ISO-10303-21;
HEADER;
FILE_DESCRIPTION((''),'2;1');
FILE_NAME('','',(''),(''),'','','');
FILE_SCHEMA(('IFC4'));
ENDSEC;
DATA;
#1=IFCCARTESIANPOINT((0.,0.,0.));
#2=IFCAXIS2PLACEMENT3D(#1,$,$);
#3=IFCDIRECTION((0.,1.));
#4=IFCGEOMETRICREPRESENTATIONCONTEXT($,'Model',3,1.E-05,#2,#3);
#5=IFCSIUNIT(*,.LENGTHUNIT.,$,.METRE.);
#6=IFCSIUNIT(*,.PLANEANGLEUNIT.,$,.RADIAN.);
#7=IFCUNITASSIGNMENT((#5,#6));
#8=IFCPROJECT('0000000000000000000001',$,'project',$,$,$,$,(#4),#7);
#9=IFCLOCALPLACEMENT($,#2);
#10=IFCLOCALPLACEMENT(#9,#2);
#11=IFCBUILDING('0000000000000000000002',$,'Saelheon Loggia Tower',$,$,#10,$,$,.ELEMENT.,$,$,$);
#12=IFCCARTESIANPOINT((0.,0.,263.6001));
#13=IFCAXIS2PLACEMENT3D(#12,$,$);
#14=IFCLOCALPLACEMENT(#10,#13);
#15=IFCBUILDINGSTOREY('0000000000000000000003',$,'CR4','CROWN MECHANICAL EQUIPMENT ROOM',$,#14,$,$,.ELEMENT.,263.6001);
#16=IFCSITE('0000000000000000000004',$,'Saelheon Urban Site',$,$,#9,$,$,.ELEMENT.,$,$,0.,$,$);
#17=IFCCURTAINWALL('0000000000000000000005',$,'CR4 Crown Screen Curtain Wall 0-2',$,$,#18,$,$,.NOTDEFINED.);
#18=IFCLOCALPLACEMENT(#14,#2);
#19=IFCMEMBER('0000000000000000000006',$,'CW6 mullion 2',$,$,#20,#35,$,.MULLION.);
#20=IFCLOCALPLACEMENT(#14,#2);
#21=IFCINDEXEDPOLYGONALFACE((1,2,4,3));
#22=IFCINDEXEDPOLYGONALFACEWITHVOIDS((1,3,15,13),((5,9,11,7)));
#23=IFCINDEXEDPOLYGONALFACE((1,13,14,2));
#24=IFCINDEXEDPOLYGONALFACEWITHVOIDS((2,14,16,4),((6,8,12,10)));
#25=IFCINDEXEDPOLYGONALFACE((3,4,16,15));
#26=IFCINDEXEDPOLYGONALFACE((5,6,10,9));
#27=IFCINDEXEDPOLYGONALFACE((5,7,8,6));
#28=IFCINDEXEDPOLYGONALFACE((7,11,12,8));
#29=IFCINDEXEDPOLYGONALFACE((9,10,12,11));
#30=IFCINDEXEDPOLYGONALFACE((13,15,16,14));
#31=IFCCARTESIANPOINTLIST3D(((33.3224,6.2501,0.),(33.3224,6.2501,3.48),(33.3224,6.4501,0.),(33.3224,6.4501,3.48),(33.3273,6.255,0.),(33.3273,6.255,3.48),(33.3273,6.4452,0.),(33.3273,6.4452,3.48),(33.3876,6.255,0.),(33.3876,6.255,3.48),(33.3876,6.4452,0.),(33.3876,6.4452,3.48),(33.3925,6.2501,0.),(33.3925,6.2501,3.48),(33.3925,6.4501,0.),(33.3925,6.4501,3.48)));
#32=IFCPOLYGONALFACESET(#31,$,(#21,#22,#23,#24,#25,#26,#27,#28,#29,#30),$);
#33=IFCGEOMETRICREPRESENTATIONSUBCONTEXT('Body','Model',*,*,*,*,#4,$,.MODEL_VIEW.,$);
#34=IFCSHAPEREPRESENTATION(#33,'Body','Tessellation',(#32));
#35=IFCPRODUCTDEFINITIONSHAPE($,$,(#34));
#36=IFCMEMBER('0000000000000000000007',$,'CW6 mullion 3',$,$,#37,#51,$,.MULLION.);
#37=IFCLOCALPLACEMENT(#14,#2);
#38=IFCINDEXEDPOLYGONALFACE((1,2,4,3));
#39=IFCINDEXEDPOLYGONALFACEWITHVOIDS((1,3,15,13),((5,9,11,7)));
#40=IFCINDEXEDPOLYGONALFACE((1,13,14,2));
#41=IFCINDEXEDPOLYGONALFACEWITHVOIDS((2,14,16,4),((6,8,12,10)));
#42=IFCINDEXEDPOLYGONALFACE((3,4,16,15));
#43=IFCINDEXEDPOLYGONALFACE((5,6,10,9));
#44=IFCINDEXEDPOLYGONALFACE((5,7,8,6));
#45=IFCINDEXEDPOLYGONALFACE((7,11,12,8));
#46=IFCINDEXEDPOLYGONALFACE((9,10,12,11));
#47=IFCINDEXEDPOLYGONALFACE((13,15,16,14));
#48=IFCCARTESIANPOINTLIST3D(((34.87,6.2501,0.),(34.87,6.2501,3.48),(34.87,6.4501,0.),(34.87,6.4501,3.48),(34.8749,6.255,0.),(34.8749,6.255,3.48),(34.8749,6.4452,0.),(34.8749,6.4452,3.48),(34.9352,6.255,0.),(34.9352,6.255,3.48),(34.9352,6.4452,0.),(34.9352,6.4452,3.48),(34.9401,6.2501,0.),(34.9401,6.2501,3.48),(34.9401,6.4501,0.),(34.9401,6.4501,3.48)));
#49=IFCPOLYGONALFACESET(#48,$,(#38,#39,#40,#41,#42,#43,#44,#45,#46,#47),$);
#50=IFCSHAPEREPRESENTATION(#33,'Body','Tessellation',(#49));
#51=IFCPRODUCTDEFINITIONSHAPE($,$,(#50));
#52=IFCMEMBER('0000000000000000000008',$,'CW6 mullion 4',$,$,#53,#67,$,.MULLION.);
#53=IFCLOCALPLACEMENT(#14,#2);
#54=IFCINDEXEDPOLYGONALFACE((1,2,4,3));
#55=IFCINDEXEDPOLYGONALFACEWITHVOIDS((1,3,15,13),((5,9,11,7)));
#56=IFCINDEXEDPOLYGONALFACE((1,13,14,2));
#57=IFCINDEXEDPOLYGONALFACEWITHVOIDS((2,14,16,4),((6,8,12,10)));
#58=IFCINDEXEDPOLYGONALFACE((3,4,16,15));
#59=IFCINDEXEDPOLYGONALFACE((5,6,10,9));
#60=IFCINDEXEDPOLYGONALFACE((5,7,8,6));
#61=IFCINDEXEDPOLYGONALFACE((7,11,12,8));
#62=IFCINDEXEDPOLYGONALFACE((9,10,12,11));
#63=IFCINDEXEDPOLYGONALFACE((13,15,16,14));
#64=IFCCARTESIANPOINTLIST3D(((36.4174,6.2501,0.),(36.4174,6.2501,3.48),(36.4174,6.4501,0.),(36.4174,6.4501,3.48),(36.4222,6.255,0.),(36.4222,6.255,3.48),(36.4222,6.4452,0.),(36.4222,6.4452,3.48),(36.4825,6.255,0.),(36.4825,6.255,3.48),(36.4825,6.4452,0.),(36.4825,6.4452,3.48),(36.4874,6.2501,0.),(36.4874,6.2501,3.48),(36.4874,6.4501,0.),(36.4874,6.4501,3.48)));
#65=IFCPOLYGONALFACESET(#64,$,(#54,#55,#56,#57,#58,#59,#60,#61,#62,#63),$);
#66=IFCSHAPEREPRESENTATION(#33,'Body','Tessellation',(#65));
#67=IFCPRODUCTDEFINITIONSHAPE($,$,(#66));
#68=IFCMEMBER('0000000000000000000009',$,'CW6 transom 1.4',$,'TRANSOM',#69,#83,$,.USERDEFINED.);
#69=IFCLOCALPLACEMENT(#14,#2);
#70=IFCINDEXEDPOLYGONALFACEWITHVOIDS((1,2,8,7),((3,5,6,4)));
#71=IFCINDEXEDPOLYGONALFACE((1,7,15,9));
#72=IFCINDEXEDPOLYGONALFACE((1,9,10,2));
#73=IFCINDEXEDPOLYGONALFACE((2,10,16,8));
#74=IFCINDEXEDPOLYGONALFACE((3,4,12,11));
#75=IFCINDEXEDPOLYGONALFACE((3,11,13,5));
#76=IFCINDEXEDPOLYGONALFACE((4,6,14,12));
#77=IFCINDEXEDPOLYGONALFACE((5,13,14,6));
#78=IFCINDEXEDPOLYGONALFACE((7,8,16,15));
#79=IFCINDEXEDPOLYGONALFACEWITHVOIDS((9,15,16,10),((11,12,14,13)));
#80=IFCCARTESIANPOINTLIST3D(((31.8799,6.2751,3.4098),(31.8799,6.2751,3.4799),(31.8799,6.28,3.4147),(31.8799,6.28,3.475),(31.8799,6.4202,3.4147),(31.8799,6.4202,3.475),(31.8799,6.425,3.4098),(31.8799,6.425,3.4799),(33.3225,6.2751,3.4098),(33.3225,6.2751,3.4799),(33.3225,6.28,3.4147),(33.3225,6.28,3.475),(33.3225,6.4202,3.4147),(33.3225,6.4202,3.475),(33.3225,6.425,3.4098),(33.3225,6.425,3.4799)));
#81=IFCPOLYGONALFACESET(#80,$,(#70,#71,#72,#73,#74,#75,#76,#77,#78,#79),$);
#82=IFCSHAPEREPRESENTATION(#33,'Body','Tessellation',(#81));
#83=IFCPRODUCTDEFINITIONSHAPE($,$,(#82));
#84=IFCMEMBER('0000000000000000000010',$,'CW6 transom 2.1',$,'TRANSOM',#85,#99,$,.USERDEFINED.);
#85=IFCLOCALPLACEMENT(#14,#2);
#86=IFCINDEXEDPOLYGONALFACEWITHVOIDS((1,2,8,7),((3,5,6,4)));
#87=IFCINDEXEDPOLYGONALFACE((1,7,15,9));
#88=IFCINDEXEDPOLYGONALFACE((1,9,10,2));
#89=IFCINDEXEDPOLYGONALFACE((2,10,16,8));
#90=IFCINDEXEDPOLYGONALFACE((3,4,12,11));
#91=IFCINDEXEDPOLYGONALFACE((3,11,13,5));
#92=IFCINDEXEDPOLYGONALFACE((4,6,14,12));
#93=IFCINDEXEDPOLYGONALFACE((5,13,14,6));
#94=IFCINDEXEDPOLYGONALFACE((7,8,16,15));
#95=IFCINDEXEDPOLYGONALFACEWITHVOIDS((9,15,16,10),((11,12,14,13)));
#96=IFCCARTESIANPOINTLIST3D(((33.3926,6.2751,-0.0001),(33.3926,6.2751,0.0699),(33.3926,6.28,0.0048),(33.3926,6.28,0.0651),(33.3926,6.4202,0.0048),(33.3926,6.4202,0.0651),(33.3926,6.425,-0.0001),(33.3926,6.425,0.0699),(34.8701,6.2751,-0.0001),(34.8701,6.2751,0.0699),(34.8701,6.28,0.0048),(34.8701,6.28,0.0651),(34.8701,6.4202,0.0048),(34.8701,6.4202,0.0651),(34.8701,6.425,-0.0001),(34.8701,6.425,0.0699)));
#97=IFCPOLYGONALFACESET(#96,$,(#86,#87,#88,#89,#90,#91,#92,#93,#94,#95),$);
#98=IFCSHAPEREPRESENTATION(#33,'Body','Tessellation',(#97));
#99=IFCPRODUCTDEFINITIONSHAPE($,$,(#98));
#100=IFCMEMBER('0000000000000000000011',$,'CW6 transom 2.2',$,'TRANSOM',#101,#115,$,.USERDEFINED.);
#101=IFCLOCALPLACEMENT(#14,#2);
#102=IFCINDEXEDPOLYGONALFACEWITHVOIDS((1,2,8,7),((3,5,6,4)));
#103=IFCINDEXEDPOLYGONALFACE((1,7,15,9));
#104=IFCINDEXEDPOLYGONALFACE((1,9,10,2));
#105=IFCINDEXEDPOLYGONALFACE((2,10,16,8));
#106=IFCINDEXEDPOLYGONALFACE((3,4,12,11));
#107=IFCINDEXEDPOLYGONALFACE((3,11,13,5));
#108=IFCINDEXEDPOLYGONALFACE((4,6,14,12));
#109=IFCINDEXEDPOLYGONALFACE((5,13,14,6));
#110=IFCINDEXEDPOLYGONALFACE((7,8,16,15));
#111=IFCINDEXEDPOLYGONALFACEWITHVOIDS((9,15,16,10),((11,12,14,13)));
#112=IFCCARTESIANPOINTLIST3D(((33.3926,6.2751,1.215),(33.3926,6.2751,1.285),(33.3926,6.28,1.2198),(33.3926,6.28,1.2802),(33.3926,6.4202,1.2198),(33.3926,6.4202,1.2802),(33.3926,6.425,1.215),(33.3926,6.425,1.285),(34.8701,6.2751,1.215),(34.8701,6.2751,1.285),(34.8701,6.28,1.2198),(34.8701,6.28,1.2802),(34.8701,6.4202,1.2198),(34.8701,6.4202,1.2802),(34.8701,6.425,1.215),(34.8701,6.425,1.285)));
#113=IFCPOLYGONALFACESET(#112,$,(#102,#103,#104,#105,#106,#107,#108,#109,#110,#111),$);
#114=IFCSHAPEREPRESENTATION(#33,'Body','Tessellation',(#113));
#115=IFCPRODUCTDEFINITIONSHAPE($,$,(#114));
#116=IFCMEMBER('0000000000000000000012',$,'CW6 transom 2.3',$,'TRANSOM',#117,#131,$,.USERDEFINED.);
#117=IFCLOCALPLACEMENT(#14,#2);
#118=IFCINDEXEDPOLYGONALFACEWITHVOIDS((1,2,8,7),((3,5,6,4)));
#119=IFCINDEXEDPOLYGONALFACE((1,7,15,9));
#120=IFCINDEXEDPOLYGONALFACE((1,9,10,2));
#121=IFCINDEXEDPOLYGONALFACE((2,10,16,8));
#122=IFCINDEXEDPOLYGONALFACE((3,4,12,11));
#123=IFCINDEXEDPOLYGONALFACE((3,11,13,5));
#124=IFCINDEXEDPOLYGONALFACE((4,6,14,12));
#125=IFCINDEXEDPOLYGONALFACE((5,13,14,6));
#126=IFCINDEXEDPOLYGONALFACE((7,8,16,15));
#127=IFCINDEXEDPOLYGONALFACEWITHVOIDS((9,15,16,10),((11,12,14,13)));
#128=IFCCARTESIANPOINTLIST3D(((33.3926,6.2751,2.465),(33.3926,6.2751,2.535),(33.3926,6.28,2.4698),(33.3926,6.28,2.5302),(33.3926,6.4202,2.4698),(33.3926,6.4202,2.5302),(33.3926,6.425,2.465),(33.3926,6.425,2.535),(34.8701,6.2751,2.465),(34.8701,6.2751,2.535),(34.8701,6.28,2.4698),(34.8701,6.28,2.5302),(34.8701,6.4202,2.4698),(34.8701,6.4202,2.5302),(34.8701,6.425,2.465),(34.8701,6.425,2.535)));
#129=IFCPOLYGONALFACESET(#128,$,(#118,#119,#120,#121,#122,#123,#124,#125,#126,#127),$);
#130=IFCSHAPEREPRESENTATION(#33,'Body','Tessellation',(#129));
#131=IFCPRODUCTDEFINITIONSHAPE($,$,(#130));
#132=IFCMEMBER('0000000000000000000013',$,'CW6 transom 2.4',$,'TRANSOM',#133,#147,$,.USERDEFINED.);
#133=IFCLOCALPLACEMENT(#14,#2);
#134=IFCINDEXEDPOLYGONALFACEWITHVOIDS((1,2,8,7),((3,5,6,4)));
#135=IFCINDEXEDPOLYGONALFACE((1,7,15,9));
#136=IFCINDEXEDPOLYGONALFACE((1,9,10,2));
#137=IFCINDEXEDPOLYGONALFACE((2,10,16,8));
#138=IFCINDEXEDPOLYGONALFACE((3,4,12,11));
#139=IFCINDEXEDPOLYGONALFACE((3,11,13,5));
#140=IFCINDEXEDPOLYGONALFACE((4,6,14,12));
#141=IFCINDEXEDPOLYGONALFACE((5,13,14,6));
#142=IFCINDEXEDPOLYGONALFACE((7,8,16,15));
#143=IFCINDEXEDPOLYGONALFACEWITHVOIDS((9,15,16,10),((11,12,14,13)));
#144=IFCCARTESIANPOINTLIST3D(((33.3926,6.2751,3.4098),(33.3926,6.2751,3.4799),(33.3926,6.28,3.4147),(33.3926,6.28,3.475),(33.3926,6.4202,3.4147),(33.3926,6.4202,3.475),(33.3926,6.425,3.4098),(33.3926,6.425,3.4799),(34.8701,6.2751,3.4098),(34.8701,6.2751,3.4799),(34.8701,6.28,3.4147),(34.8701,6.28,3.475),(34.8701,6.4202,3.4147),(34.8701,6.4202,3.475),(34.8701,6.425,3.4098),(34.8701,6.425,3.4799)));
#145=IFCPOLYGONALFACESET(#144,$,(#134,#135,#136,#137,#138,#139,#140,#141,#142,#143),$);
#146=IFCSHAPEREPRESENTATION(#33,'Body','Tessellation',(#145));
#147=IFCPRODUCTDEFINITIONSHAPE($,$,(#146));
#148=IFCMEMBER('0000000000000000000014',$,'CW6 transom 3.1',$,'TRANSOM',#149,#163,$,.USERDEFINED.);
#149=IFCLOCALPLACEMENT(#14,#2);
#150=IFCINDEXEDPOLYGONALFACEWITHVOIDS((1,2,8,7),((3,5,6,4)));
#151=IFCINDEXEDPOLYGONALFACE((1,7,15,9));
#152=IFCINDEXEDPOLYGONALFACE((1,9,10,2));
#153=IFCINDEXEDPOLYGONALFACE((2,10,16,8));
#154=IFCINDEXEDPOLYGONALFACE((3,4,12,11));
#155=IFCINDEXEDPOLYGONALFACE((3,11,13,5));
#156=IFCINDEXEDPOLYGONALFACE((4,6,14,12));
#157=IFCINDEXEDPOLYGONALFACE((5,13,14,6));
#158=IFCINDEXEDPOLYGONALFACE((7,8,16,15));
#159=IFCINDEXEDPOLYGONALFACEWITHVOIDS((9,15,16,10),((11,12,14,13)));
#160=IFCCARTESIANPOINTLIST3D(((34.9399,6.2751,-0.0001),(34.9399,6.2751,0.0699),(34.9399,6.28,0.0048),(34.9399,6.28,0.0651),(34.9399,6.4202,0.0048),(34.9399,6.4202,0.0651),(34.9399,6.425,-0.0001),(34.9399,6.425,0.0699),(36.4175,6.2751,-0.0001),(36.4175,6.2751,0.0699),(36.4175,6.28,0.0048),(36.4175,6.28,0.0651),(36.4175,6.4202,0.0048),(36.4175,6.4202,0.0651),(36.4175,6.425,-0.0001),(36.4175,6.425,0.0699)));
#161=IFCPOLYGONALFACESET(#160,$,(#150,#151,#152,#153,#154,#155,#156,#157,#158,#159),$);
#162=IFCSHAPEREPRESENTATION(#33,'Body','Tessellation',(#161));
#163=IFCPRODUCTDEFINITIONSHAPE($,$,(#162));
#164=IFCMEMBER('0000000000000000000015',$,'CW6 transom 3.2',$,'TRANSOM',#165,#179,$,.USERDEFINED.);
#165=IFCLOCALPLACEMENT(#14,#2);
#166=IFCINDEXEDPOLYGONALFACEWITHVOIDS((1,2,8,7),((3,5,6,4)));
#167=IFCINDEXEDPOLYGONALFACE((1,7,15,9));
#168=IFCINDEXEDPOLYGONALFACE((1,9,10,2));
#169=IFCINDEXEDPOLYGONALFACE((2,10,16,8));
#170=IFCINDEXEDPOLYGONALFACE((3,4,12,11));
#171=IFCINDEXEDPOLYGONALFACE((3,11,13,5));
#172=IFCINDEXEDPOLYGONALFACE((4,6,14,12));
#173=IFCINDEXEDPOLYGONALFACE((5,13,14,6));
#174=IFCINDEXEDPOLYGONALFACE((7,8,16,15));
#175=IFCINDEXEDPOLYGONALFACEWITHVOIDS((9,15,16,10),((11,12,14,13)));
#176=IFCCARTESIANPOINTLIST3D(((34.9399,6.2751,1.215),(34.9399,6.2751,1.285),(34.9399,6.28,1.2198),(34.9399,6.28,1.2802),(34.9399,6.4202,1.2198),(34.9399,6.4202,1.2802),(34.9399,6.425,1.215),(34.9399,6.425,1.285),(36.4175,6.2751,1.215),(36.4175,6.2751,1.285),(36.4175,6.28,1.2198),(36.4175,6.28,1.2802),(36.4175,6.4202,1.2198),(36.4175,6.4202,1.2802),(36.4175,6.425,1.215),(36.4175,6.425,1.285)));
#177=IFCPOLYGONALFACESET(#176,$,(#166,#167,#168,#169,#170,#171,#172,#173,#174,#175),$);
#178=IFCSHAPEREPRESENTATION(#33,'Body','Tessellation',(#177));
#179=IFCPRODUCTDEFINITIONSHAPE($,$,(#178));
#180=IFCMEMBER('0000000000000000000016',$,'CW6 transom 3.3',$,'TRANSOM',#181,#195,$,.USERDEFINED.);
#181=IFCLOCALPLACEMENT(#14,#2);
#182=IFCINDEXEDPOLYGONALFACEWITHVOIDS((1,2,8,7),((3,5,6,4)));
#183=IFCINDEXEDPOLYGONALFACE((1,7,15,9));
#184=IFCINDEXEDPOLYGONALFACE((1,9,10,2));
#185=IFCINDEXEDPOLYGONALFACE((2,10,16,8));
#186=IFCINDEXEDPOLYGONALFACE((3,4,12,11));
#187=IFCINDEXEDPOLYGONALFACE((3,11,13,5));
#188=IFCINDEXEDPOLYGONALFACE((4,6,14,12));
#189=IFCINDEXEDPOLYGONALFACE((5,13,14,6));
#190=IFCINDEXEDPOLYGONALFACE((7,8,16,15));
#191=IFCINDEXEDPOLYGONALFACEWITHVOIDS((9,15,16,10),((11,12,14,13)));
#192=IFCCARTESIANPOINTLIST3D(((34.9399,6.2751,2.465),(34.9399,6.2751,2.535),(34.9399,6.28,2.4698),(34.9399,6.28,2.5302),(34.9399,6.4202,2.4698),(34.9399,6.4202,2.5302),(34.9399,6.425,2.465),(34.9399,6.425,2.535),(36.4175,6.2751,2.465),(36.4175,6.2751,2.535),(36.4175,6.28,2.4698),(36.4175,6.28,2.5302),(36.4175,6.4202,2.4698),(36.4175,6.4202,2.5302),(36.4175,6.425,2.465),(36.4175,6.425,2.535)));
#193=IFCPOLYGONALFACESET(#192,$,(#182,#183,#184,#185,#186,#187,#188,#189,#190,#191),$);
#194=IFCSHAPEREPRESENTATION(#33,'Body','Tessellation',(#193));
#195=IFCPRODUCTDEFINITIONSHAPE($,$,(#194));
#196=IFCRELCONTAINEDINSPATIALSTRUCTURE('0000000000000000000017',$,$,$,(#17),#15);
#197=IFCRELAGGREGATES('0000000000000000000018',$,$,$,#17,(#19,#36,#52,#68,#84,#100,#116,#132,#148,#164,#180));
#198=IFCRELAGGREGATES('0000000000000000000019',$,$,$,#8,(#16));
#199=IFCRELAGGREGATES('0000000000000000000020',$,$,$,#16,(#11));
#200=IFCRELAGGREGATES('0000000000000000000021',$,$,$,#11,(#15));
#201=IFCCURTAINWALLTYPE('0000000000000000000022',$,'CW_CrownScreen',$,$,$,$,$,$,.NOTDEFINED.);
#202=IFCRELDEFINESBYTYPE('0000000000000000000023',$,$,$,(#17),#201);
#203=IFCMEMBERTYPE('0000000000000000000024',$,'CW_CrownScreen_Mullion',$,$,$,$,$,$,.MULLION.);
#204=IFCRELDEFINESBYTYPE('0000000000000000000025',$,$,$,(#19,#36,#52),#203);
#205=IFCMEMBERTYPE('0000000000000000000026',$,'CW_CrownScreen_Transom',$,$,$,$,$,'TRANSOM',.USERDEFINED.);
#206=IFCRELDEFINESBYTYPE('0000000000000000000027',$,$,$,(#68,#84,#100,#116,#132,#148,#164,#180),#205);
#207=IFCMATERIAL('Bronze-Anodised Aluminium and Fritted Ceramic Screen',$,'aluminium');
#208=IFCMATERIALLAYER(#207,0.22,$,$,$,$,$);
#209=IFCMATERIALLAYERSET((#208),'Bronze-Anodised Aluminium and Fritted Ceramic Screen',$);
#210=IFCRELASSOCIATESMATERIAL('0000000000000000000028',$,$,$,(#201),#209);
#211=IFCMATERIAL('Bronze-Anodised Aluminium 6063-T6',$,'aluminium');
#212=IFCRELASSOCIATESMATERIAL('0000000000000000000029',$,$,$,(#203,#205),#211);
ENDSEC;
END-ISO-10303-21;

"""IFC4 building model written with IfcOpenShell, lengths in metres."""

from ifc_helpers import new_model, si_unit, direction, frame, origin, origin_2d, place, context, subcontext, project, spatial, hollow_rectangle, extrude, source, transform, mapped, material, layer, layer_set, material_profile, profile_set, type_object, element, aggregate, save


model = new_model("IFC4")

# Units and contexts
model_context = context("Model", 3, precision=1e-05, world=origin(), true_north=direction((0.0, 1.0)))
body_context = subcontext(model_context, "Body", "Model", "MODEL_VIEW")
ifc_project = project(units=[si_unit("LENGTHUNIT", "METRE"), si_unit("PLANEANGLEUNIT", "RADIAN")], contexts=[model_context])

# Site, building, storey
site_placement = place(None, origin())
site = spatial("IfcSite", under=ifc_project, at=site_placement, Name="Saelheon Urban Site", CompositionType="ELEMENT", RefElevation=0.0)
building_placement = place(site_placement, origin())
building = spatial("IfcBuilding", under=site, at=building_placement, Name="Saelheon Loggia Tower", CompositionType="ELEMENT")
storey_placement = place(building_placement, frame((0.0, 0.0, 263.6001)))
storey = spatial("IfcBuildingStorey", under=building, at=storey_placement, Name="CR4", Description="CROWN MECHANICAL EQUIPMENT ROOM", CompositionType="ELEMENT", Elevation=263.6001)

# Curtain wall, members
ifc_material_1 = material(Name="Bronze-Anodised Aluminium and Fritted Ceramic Screen", Category="aluminium")
ifc_layer_1 = layer(ifc_material_1, 0.22)
ifc_layer_set_1 = layer_set([ifc_layer_1], Name="Bronze-Anodised Aluminium and Fritted Ceramic Screen")
curtain_wall_type = type_object("IfcCurtainWallType", Name="CW_CrownScreen", PredefinedType="NOTDEFINED", material=ifc_layer_set_1)
curtain_wall_placement = place(storey_placement, origin())
curtain_wall = element("IfcCurtainWall", 1, at=curtain_wall_placement, inside=storey, type_object=curtain_wall_type, Name="CR4 Crown Screen Curtain Wall 0-2", PredefinedType="NOTDEFINED")
ifc_material_2 = material(Name="Bronze-Anodised Aluminium 6063-T6", Category="aluminium")
ifc_material_profile_1 = material_profile(ifc_material_2, hollow_rectangle(XDim=0.0701, YDim=0.2, WallThickness=0.0049, at=origin_2d()), Name="RHS-200x70x5")
ifc_profile_set_1 = profile_set([ifc_material_profile_1], Name="Bronze-Anodised Aluminium 6063-T6")
member_type_1 = type_object("IfcMemberType", Name="CW_CrownScreen_Mullion", PredefinedType="MULLION", material=ifc_profile_set_1)
shared_shape_1 = source(origin(), body_context, "Body", "SweptSolid", [
    extrude(hollow_rectangle(XDim=0.0701, YDim=0.2, WallThickness=0.0049, at=origin_2d()), origin(), (0.0, 0.0, 1.0), 3.48),
])
member_1_placement = place(storey_placement, frame((33.3574, 6.3501, 0.0), z_axis=(0.0, 0.0, 1.0), x_axis=(1.0, 0.0, 0.0)))
member_1 = element("IfcMember", 2, at=member_1_placement, type_object=member_type_1, Name="CW6 mullion 2", PredefinedType="MULLION", context=body_context, shape_type="MappedRepresentation", body=[
    mapped(shared_shape_1, transform((0.0, 0.0, 0.0), scale=1.0)),
])
member_2_placement = place(storey_placement, frame((34.905, 6.3501, 0.0), z_axis=(0.0, 0.0, 1.0), x_axis=(1.0, 0.0, 0.0)))
member_2 = element("IfcMember", 3, at=member_2_placement, type_object=member_type_1, Name="CW6 mullion 3", PredefinedType="MULLION", context=body_context, shape_type="MappedRepresentation", body=[
    mapped(shared_shape_1, transform((0.0, 0.0, 0.0), scale=1.0)),
])
member_3_placement = place(storey_placement, frame((36.4524, 6.3501, 0.0), z_axis=(0.0, 0.0, 1.0), x_axis=(1.0, 0.0, 0.0)))
member_3 = element("IfcMember", 4, at=member_3_placement, type_object=member_type_1, Name="CW6 mullion 4", PredefinedType="MULLION", context=body_context, shape_type="MappedRepresentation", body=[
    mapped(shared_shape_1, transform((0.0, 0.0, 0.0), scale=1.0)),
])
ifc_material_profile_2 = material_profile(ifc_material_2, hollow_rectangle(XDim=0.0701, YDim=0.1499, WallThickness=0.0049, at=origin_2d()), Name="RHS-150x70x5")
ifc_profile_set_2 = profile_set([ifc_material_profile_2], Name="Bronze-Anodised Aluminium 6063-T6")
member_type_2 = type_object("IfcMemberType", Name="CW_CrownScreen_Transom", ElementType="TRANSOM", PredefinedType="USERDEFINED", material=ifc_profile_set_2)
shared_shape_2 = source(origin(), body_context, "Body", "SweptSolid", [
    extrude(hollow_rectangle(XDim=0.0701, YDim=0.1499, WallThickness=0.0049, at=origin_2d()), origin(), (0.0, 0.0, 1.0), 1.4426),
])
member_4_placement = place(storey_placement, frame((31.8799, 6.3501, 3.4448), z_axis=(1.0, 0.0, 0.0), x_axis=(0.0, 0.0, 1.0)))
member_4 = element("IfcMember", 5, at=member_4_placement, type_object=member_type_2, Name="CW6 transom 1.4", ObjectType="TRANSOM", PredefinedType="USERDEFINED", context=body_context, shape_type="MappedRepresentation", body=[
    mapped(shared_shape_2, transform((0.0, 0.0, 0.0), scale=1.0)),
])
shared_shape_3 = source(origin(), body_context, "Body", "SweptSolid", [
    extrude(hollow_rectangle(XDim=0.0701, YDim=0.1499, WallThickness=0.0049, at=origin_2d()), origin(), (0.0, 0.0, 1.0), 1.4775),
])
member_5_placement = place(storey_placement, frame((33.3926, 6.3501, 0.0349), z_axis=(1.0, 0.0, 0.0), x_axis=(0.0, 0.0, 1.0)))
member_5 = element("IfcMember", 6, at=member_5_placement, type_object=member_type_2, Name="CW6 transom 2.1", ObjectType="TRANSOM", PredefinedType="USERDEFINED", context=body_context, shape_type="MappedRepresentation", body=[
    mapped(shared_shape_3, transform((0.0, 0.0, 0.0), scale=1.0)),
])
member_6_placement = place(storey_placement, frame((33.3926, 6.3501, 1.25), z_axis=(1.0, 0.0, 0.0), x_axis=(0.0, 0.0, 1.0)))
member_6 = element("IfcMember", 7, at=member_6_placement, type_object=member_type_2, Name="CW6 transom 2.2", ObjectType="TRANSOM", PredefinedType="USERDEFINED", context=body_context, shape_type="MappedRepresentation", body=[
    mapped(shared_shape_3, transform((0.0, 0.0, 0.0), scale=1.0)),
])
member_7_placement = place(storey_placement, frame((33.3926, 6.3501, 2.5), z_axis=(1.0, 0.0, 0.0), x_axis=(0.0, 0.0, 1.0)))
member_7 = element("IfcMember", 8, at=member_7_placement, type_object=member_type_2, Name="CW6 transom 2.3", ObjectType="TRANSOM", PredefinedType="USERDEFINED", context=body_context, shape_type="MappedRepresentation", body=[
    mapped(shared_shape_3, transform((0.0, 0.0, 0.0), scale=1.0)),
])
member_8_placement = place(storey_placement, frame((33.3926, 6.3501, 3.4448), z_axis=(1.0, 0.0, 0.0), x_axis=(0.0, 0.0, 1.0)))
member_8 = element("IfcMember", 9, at=member_8_placement, type_object=member_type_2, Name="CW6 transom 2.4", ObjectType="TRANSOM", PredefinedType="USERDEFINED", context=body_context, shape_type="MappedRepresentation", body=[
    mapped(shared_shape_3, transform((0.0, 0.0, 0.0), scale=1.0)),
])
member_9_placement = place(storey_placement, frame((34.9399, 6.3501, 0.0349), z_axis=(1.0, 0.0, 0.0), x_axis=(0.0, 0.0, 1.0)))
member_9 = element("IfcMember", 10, at=member_9_placement, type_object=member_type_2, Name="CW6 transom 3.1", ObjectType="TRANSOM", PredefinedType="USERDEFINED", context=body_context, shape_type="MappedRepresentation", body=[
    mapped(shared_shape_3, transform((0.0, 0.0, 0.0), scale=1.0)),
])
member_10_placement = place(storey_placement, frame((34.9399, 6.3501, 1.25), z_axis=(1.0, 0.0, 0.0), x_axis=(0.0, 0.0, 1.0)))
member_10 = element("IfcMember", 11, at=member_10_placement, type_object=member_type_2, Name="CW6 transom 3.2", ObjectType="TRANSOM", PredefinedType="USERDEFINED", context=body_context, shape_type="MappedRepresentation", body=[
    mapped(shared_shape_3, transform((0.0, 0.0, 0.0), scale=1.0)),
])
member_11_placement = place(storey_placement, frame((34.9399, 6.3501, 2.5), z_axis=(1.0, 0.0, 0.0), x_axis=(0.0, 0.0, 1.0)))
member_11 = element("IfcMember", 12, at=member_11_placement, type_object=member_type_2, Name="CW6 transom 3.3", ObjectType="TRANSOM", PredefinedType="USERDEFINED", context=body_context, shape_type="MappedRepresentation", body=[
    mapped(shared_shape_3, transform((0.0, 0.0, 0.0), scale=1.0)),
])
aggregate(curtain_wall, [member_1, member_2, member_3, member_4, member_5, member_6, member_7, member_8, member_9, member_10, member_11])

save(model, "model.ifc")
